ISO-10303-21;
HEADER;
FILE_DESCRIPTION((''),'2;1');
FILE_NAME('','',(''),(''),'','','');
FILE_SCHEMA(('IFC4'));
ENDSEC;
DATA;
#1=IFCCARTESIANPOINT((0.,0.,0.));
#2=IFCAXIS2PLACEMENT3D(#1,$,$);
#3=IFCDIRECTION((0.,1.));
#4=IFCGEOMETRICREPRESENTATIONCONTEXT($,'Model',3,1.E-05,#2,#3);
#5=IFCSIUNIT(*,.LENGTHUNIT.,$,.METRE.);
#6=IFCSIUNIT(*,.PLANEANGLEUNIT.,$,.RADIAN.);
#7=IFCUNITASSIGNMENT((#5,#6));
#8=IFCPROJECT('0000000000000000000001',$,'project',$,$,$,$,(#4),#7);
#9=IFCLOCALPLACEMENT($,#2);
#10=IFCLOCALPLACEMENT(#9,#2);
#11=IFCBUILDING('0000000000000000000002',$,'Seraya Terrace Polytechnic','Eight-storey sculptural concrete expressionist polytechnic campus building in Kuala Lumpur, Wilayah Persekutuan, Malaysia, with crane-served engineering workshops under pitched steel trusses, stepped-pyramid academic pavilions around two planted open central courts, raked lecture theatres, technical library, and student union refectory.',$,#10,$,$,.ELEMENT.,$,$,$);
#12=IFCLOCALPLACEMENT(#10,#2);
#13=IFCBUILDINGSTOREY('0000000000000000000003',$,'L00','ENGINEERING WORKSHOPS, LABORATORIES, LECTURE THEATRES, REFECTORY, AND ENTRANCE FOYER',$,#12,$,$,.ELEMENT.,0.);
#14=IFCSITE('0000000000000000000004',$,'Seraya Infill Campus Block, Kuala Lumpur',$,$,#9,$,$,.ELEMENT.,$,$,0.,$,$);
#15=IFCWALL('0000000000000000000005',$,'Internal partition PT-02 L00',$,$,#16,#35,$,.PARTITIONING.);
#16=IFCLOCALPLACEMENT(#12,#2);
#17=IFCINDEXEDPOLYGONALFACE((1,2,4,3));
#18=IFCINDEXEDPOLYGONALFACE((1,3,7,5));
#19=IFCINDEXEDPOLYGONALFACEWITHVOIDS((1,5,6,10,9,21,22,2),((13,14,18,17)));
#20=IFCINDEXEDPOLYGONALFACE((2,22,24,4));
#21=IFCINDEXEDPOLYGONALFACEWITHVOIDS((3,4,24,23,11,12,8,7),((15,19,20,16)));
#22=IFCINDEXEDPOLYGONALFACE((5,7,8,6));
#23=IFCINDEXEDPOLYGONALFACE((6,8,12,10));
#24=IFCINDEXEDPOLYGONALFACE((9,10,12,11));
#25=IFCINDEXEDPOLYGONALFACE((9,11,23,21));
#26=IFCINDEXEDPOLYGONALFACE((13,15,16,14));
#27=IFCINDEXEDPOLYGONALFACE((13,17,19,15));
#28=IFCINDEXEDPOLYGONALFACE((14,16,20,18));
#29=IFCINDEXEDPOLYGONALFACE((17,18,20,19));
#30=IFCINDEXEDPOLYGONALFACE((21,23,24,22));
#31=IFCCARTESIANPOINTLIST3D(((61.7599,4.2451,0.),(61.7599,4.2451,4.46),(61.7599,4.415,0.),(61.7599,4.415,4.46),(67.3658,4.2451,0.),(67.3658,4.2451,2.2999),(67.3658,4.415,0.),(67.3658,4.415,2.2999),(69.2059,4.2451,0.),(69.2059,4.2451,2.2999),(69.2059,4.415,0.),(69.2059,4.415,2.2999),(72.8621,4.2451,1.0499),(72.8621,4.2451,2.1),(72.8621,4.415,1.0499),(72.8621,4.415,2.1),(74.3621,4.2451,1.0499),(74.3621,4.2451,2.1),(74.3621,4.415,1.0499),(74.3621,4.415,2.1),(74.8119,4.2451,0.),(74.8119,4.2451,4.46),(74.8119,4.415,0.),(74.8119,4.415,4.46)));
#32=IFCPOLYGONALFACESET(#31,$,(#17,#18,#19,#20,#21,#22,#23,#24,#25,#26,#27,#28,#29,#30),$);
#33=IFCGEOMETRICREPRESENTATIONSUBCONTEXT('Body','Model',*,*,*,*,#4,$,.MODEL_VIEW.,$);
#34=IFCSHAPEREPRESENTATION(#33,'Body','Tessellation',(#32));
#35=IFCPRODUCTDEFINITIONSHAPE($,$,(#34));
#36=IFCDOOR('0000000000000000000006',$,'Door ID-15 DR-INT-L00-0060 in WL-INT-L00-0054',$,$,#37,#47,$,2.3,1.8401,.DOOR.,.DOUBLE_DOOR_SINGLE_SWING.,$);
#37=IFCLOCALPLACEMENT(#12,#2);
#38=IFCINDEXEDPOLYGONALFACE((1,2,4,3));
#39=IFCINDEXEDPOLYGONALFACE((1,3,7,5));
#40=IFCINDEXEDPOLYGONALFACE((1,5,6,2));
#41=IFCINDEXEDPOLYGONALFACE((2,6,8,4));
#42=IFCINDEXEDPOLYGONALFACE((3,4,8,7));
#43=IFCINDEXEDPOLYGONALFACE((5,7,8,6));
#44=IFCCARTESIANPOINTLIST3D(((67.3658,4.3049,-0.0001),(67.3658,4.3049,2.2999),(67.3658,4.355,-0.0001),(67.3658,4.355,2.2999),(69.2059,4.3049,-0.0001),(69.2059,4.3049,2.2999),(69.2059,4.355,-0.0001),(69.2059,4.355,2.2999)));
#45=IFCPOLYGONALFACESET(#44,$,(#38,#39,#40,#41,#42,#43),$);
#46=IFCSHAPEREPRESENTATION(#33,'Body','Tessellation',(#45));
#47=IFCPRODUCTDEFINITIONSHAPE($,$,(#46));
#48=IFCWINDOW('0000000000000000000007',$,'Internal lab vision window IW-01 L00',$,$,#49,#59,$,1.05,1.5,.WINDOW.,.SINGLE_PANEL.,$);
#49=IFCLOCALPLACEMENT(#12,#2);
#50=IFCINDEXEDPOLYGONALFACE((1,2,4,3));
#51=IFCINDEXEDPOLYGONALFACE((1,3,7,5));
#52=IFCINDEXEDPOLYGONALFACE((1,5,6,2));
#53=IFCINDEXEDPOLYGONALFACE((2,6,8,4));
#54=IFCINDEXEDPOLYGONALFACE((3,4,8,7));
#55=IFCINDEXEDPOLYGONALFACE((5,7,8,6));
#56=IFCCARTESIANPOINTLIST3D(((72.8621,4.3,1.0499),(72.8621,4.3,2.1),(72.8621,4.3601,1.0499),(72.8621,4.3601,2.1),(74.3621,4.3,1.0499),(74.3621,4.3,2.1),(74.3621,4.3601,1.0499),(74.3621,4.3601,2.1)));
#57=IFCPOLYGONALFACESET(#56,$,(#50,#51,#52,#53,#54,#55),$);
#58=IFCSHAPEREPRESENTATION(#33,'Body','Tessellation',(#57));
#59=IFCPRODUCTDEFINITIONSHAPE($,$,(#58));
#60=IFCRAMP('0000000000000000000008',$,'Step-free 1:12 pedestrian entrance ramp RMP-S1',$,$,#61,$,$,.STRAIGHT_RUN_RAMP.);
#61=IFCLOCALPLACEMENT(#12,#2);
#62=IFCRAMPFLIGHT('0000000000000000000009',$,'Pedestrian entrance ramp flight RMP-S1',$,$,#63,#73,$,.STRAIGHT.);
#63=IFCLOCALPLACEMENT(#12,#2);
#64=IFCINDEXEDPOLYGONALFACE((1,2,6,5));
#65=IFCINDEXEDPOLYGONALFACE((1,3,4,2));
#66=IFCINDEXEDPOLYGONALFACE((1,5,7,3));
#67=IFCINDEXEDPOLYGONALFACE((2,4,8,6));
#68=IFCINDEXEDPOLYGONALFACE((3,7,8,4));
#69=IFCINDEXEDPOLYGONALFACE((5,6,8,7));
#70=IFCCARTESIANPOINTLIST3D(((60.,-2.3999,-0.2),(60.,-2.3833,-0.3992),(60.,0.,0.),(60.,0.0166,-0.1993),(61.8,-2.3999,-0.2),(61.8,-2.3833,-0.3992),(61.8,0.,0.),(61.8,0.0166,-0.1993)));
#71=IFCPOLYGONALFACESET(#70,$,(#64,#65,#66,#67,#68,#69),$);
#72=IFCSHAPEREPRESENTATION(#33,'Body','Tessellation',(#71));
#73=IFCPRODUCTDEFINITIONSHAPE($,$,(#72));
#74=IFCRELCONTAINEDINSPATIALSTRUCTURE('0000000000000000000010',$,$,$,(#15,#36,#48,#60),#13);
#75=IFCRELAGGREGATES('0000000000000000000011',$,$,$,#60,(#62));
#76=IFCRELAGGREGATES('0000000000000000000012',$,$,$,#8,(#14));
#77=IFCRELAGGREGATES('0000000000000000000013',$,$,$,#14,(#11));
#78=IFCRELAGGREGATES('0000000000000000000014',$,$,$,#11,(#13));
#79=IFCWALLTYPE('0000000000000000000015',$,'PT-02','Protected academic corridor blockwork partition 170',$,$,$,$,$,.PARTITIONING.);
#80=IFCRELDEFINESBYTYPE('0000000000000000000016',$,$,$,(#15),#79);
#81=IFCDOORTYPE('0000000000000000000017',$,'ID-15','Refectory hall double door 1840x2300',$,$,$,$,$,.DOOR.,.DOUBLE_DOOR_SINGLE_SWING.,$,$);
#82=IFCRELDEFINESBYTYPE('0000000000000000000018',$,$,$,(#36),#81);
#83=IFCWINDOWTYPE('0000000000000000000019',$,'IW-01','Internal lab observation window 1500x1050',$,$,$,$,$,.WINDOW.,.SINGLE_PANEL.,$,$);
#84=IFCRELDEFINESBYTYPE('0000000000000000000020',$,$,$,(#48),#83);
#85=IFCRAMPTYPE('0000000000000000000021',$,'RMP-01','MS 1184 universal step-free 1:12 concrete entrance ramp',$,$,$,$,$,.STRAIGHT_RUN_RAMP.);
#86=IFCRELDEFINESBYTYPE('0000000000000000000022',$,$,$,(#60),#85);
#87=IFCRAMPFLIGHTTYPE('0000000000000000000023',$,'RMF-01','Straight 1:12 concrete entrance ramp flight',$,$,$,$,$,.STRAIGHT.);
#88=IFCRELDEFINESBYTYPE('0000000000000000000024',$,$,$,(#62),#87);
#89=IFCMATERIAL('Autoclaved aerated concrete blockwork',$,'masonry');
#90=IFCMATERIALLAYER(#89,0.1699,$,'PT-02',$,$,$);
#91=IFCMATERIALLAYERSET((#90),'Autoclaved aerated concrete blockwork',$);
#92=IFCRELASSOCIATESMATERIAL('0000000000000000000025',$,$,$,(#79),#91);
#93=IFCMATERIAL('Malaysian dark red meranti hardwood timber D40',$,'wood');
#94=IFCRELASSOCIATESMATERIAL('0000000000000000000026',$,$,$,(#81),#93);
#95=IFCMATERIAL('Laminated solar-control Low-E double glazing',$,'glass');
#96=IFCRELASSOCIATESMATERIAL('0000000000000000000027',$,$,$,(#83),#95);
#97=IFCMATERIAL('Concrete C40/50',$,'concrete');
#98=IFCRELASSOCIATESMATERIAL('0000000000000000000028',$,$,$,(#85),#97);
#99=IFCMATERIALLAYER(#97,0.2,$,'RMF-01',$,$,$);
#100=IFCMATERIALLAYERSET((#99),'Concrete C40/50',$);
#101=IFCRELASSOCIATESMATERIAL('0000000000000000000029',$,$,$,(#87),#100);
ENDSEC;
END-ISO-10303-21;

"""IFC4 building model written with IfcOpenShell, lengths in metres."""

from ifc_helpers import new_model, si_unit, direction, frame, frame_2d, origin, place, context, subcontext, project, spatial, polyline, rectangle, outline, extrude, material, layer, layer_set, type_object, element, fill, aggregate, save


model = new_model("IFC4")

# Units and contexts
model_context = context("Model", 3, precision=1e-05, world=origin(), true_north=direction((0.0, 1.0)))
body_context = subcontext(model_context, "Body", "Model", "MODEL_VIEW")
ifc_project = project(units=[si_unit("LENGTHUNIT", "METRE"), si_unit("PLANEANGLEUNIT", "RADIAN")], contexts=[model_context])

# Site, building, storey
site_placement = place(None, origin())
site = spatial("IfcSite", under=ifc_project, at=site_placement, Name="Seraya Infill Campus Block, Kuala Lumpur", CompositionType="ELEMENT", RefElevation=0.0)
building_placement = place(site_placement, origin())
building = spatial("IfcBuilding", under=site, at=building_placement, Name="Seraya Terrace Polytechnic", Description="Eight-storey sculptural concrete expressionist polytechnic campus building in Kuala Lumpur, Wilayah Persekutuan, Malaysia, with crane-served engineering workshops under pitched steel trusses, stepped-pyramid academic pavilions around two planted open central courts, raked lecture theatres, technical library, and student union refectory.", CompositionType="ELEMENT")
storey_placement = place(building_placement, origin())
storey = spatial("IfcBuildingStorey", under=building, at=storey_placement, Name="L00", Description="ENGINEERING WORKSHOPS, LABORATORIES, LECTURE THEATRES, REFECTORY, AND ENTRANCE FOYER", CompositionType="ELEMENT", Elevation=0.0)

# Shared definitions
ifc_material_1 = material(Name="Concrete C40/50", Category="concrete")

# Shared definitions
ifc_material_2 = material(Name="Laminated solar-control Low-E double glazing", Category="glass")

# Wall, openings, door, window
ifc_material_3 = material(Name="Autoclaved aerated concrete blockwork", Category="masonry")
ifc_layer_1 = layer(ifc_material_3, 0.1699, Name="PT-02")
ifc_layer_set_1 = layer_set([ifc_layer_1], Name="Autoclaved aerated concrete blockwork")
wall_type_1 = type_object("IfcWallType", Name="PT-02", Description="Protected academic corridor blockwork partition 170", PredefinedType="PARTITIONING", material=ifc_layer_set_1)
wall_1_placement = place(storey_placement, frame((61.76, 4.3301, 0.0), z_axis=(0.0, 0.0, 1.0), x_axis=(1.0, 0.0, 0.0)))
wall_1 = element("IfcWall", 1, at=wall_1_placement, inside=storey, type_object=wall_type_1, Name="Internal partition PT-02 L00", PredefinedType="PARTITIONING", context=body_context, shape_type="SweptSolid", body=[
    extrude(rectangle(XDim=13.052, YDim=0.1699, at=frame_2d((6.5259, 0.0))), origin(), (0.0, 0.0, 1.0), 4.46),
])
opening_1_placement = place(wall_1_placement, frame((5.606, 0.0, 0.0)))
opening_1 = element("IfcOpeningElement", 2, at=opening_1_placement, cuts=wall_1, PredefinedType="OPENING", context=body_context, shape_type="SweptSolid", body=[
    extrude(rectangle(XDim=1.8401, YDim=2.3, at=frame_2d((0.9199, 1.1499))), frame((0.0, 0.0969, 0.0), z_axis=(0.0, -1.0, 0.0), x_axis=(1.0, 0.0, 0.0)), (0.0, 0.0, 1.0), 0.1938),
])
opening_2_placement = place(wall_1_placement, frame((11.1021, 0.0, 1.05)))
opening_2 = element("IfcOpeningElement", 3, at=opening_2_placement, cuts=wall_1, PredefinedType="OPENING", context=body_context, shape_type="SweptSolid", body=[
    extrude(rectangle(XDim=1.5, YDim=1.05, at=frame_2d((0.75, 0.5249))), frame((0.0, 0.0969, 0.0), z_axis=(0.0, -1.0, 0.0), x_axis=(1.0, 0.0, 0.0)), (0.0, 0.0, 1.0), 0.1938),
])
ifc_material_4 = material(Name="Malaysian dark red meranti hardwood timber D40", Category="wood")
door_type_1 = type_object("IfcDoorType", Name="ID-15", Description="Refectory hall double door 1840x2300", OperationType="DOUBLE_DOOR_SINGLE_SWING", PredefinedType="DOOR", material=ifc_material_4)
door_1_placement = place(opening_1_placement, origin())
door_1 = element("IfcDoor", 4, at=door_1_placement, inside=storey, type_object=door_type_1, Name="Door ID-15 DR-INT-L00-0060 in WL-INT-L00-0054", OperationType="DOUBLE_DOOR_SINGLE_SWING", OverallHeight=2.3, OverallWidth=1.8401, PredefinedType="DOOR", context=body_context, shape_type="SweptSolid", body=[
    extrude(rectangle(XDim=1.8401, YDim=2.3, at=frame_2d((0.9199, 1.1499))), frame((0.0, 0.0249, 0.0), z_axis=(0.0, -1.0, 0.0), x_axis=(1.0, 0.0, 0.0)), (0.0, 0.0, 1.0), 0.05),
])
fill(opening_1, door_1)
window_type_1 = type_object("IfcWindowType", Name="IW-01", Description="Internal lab observation window 1500x1050", PartitioningType="SINGLE_PANEL", PredefinedType="WINDOW", material=ifc_material_2)
window_1_placement = place(opening_2_placement, origin())
window_1 = element("IfcWindow", 5, at=window_1_placement, inside=storey, type_object=window_type_1, Name="Internal lab vision window IW-01 L00", OverallHeight=1.05, OverallWidth=1.5, PartitioningType="SINGLE_PANEL", PredefinedType="WINDOW", context=body_context, shape_type="SweptSolid", body=[
    extrude(rectangle(XDim=1.5, YDim=1.05, at=frame_2d((0.75, 0.5249))), frame((0.0, 0.03, 0.0), z_axis=(0.0, -1.0, 0.0), x_axis=(1.0, 0.0, 0.0)), (0.0, 0.0, 1.0), 0.0601),
])
fill(opening_2, window_1)

# Ramp, ramp flight
ramp_type = type_object("IfcRampType", Name="RMP-01", Description="MS 1184 universal step-free 1:12 concrete entrance ramp", PredefinedType="STRAIGHT_RUN_RAMP", material=ifc_material_1)
ramp_placement = place(storey_placement, origin())
ramp = element("IfcRamp", 6, at=ramp_placement, inside=storey, type_object=ramp_type, Name="Step-free 1:12 pedestrian entrance ramp RMP-S1", PredefinedType="STRAIGHT_RUN_RAMP")
ifc_layer_2 = layer(ifc_material_1, 0.2, Name="RMF-01")
ifc_layer_set_2 = layer_set([ifc_layer_2], Name="Concrete C40/50")
ramp_flight_type = type_object("IfcRampFlightType", Name="RMF-01", Description="Straight 1:12 concrete entrance ramp flight", PredefinedType="STRAIGHT", material=ifc_layer_set_2)
ramp_flight_placement = place(storey_placement, frame((60.0, -2.3999, -0.2), z_axis=(0.0, -0.083029, 0.996547), x_axis=(1.0, 0.0, 0.0)))
ramp_flight = element("IfcRampFlight", 7, at=ramp_flight_placement, type_object=ramp_flight_type, Name="Pedestrian entrance ramp flight RMP-S1", PredefinedType="STRAIGHT", context=body_context, shape_type="SweptSolid", body=[
    extrude(outline(polyline([(0.0, 0.0), (1.8, 0.0), (1.8, 2.4082), (0.0, 2.4082), (0.0, 0.0)])), origin(), (0.0, 0.0, -1.0), 0.2),
])
aggregate(ramp, [ramp_flight])

save(model, "model.ifc")
